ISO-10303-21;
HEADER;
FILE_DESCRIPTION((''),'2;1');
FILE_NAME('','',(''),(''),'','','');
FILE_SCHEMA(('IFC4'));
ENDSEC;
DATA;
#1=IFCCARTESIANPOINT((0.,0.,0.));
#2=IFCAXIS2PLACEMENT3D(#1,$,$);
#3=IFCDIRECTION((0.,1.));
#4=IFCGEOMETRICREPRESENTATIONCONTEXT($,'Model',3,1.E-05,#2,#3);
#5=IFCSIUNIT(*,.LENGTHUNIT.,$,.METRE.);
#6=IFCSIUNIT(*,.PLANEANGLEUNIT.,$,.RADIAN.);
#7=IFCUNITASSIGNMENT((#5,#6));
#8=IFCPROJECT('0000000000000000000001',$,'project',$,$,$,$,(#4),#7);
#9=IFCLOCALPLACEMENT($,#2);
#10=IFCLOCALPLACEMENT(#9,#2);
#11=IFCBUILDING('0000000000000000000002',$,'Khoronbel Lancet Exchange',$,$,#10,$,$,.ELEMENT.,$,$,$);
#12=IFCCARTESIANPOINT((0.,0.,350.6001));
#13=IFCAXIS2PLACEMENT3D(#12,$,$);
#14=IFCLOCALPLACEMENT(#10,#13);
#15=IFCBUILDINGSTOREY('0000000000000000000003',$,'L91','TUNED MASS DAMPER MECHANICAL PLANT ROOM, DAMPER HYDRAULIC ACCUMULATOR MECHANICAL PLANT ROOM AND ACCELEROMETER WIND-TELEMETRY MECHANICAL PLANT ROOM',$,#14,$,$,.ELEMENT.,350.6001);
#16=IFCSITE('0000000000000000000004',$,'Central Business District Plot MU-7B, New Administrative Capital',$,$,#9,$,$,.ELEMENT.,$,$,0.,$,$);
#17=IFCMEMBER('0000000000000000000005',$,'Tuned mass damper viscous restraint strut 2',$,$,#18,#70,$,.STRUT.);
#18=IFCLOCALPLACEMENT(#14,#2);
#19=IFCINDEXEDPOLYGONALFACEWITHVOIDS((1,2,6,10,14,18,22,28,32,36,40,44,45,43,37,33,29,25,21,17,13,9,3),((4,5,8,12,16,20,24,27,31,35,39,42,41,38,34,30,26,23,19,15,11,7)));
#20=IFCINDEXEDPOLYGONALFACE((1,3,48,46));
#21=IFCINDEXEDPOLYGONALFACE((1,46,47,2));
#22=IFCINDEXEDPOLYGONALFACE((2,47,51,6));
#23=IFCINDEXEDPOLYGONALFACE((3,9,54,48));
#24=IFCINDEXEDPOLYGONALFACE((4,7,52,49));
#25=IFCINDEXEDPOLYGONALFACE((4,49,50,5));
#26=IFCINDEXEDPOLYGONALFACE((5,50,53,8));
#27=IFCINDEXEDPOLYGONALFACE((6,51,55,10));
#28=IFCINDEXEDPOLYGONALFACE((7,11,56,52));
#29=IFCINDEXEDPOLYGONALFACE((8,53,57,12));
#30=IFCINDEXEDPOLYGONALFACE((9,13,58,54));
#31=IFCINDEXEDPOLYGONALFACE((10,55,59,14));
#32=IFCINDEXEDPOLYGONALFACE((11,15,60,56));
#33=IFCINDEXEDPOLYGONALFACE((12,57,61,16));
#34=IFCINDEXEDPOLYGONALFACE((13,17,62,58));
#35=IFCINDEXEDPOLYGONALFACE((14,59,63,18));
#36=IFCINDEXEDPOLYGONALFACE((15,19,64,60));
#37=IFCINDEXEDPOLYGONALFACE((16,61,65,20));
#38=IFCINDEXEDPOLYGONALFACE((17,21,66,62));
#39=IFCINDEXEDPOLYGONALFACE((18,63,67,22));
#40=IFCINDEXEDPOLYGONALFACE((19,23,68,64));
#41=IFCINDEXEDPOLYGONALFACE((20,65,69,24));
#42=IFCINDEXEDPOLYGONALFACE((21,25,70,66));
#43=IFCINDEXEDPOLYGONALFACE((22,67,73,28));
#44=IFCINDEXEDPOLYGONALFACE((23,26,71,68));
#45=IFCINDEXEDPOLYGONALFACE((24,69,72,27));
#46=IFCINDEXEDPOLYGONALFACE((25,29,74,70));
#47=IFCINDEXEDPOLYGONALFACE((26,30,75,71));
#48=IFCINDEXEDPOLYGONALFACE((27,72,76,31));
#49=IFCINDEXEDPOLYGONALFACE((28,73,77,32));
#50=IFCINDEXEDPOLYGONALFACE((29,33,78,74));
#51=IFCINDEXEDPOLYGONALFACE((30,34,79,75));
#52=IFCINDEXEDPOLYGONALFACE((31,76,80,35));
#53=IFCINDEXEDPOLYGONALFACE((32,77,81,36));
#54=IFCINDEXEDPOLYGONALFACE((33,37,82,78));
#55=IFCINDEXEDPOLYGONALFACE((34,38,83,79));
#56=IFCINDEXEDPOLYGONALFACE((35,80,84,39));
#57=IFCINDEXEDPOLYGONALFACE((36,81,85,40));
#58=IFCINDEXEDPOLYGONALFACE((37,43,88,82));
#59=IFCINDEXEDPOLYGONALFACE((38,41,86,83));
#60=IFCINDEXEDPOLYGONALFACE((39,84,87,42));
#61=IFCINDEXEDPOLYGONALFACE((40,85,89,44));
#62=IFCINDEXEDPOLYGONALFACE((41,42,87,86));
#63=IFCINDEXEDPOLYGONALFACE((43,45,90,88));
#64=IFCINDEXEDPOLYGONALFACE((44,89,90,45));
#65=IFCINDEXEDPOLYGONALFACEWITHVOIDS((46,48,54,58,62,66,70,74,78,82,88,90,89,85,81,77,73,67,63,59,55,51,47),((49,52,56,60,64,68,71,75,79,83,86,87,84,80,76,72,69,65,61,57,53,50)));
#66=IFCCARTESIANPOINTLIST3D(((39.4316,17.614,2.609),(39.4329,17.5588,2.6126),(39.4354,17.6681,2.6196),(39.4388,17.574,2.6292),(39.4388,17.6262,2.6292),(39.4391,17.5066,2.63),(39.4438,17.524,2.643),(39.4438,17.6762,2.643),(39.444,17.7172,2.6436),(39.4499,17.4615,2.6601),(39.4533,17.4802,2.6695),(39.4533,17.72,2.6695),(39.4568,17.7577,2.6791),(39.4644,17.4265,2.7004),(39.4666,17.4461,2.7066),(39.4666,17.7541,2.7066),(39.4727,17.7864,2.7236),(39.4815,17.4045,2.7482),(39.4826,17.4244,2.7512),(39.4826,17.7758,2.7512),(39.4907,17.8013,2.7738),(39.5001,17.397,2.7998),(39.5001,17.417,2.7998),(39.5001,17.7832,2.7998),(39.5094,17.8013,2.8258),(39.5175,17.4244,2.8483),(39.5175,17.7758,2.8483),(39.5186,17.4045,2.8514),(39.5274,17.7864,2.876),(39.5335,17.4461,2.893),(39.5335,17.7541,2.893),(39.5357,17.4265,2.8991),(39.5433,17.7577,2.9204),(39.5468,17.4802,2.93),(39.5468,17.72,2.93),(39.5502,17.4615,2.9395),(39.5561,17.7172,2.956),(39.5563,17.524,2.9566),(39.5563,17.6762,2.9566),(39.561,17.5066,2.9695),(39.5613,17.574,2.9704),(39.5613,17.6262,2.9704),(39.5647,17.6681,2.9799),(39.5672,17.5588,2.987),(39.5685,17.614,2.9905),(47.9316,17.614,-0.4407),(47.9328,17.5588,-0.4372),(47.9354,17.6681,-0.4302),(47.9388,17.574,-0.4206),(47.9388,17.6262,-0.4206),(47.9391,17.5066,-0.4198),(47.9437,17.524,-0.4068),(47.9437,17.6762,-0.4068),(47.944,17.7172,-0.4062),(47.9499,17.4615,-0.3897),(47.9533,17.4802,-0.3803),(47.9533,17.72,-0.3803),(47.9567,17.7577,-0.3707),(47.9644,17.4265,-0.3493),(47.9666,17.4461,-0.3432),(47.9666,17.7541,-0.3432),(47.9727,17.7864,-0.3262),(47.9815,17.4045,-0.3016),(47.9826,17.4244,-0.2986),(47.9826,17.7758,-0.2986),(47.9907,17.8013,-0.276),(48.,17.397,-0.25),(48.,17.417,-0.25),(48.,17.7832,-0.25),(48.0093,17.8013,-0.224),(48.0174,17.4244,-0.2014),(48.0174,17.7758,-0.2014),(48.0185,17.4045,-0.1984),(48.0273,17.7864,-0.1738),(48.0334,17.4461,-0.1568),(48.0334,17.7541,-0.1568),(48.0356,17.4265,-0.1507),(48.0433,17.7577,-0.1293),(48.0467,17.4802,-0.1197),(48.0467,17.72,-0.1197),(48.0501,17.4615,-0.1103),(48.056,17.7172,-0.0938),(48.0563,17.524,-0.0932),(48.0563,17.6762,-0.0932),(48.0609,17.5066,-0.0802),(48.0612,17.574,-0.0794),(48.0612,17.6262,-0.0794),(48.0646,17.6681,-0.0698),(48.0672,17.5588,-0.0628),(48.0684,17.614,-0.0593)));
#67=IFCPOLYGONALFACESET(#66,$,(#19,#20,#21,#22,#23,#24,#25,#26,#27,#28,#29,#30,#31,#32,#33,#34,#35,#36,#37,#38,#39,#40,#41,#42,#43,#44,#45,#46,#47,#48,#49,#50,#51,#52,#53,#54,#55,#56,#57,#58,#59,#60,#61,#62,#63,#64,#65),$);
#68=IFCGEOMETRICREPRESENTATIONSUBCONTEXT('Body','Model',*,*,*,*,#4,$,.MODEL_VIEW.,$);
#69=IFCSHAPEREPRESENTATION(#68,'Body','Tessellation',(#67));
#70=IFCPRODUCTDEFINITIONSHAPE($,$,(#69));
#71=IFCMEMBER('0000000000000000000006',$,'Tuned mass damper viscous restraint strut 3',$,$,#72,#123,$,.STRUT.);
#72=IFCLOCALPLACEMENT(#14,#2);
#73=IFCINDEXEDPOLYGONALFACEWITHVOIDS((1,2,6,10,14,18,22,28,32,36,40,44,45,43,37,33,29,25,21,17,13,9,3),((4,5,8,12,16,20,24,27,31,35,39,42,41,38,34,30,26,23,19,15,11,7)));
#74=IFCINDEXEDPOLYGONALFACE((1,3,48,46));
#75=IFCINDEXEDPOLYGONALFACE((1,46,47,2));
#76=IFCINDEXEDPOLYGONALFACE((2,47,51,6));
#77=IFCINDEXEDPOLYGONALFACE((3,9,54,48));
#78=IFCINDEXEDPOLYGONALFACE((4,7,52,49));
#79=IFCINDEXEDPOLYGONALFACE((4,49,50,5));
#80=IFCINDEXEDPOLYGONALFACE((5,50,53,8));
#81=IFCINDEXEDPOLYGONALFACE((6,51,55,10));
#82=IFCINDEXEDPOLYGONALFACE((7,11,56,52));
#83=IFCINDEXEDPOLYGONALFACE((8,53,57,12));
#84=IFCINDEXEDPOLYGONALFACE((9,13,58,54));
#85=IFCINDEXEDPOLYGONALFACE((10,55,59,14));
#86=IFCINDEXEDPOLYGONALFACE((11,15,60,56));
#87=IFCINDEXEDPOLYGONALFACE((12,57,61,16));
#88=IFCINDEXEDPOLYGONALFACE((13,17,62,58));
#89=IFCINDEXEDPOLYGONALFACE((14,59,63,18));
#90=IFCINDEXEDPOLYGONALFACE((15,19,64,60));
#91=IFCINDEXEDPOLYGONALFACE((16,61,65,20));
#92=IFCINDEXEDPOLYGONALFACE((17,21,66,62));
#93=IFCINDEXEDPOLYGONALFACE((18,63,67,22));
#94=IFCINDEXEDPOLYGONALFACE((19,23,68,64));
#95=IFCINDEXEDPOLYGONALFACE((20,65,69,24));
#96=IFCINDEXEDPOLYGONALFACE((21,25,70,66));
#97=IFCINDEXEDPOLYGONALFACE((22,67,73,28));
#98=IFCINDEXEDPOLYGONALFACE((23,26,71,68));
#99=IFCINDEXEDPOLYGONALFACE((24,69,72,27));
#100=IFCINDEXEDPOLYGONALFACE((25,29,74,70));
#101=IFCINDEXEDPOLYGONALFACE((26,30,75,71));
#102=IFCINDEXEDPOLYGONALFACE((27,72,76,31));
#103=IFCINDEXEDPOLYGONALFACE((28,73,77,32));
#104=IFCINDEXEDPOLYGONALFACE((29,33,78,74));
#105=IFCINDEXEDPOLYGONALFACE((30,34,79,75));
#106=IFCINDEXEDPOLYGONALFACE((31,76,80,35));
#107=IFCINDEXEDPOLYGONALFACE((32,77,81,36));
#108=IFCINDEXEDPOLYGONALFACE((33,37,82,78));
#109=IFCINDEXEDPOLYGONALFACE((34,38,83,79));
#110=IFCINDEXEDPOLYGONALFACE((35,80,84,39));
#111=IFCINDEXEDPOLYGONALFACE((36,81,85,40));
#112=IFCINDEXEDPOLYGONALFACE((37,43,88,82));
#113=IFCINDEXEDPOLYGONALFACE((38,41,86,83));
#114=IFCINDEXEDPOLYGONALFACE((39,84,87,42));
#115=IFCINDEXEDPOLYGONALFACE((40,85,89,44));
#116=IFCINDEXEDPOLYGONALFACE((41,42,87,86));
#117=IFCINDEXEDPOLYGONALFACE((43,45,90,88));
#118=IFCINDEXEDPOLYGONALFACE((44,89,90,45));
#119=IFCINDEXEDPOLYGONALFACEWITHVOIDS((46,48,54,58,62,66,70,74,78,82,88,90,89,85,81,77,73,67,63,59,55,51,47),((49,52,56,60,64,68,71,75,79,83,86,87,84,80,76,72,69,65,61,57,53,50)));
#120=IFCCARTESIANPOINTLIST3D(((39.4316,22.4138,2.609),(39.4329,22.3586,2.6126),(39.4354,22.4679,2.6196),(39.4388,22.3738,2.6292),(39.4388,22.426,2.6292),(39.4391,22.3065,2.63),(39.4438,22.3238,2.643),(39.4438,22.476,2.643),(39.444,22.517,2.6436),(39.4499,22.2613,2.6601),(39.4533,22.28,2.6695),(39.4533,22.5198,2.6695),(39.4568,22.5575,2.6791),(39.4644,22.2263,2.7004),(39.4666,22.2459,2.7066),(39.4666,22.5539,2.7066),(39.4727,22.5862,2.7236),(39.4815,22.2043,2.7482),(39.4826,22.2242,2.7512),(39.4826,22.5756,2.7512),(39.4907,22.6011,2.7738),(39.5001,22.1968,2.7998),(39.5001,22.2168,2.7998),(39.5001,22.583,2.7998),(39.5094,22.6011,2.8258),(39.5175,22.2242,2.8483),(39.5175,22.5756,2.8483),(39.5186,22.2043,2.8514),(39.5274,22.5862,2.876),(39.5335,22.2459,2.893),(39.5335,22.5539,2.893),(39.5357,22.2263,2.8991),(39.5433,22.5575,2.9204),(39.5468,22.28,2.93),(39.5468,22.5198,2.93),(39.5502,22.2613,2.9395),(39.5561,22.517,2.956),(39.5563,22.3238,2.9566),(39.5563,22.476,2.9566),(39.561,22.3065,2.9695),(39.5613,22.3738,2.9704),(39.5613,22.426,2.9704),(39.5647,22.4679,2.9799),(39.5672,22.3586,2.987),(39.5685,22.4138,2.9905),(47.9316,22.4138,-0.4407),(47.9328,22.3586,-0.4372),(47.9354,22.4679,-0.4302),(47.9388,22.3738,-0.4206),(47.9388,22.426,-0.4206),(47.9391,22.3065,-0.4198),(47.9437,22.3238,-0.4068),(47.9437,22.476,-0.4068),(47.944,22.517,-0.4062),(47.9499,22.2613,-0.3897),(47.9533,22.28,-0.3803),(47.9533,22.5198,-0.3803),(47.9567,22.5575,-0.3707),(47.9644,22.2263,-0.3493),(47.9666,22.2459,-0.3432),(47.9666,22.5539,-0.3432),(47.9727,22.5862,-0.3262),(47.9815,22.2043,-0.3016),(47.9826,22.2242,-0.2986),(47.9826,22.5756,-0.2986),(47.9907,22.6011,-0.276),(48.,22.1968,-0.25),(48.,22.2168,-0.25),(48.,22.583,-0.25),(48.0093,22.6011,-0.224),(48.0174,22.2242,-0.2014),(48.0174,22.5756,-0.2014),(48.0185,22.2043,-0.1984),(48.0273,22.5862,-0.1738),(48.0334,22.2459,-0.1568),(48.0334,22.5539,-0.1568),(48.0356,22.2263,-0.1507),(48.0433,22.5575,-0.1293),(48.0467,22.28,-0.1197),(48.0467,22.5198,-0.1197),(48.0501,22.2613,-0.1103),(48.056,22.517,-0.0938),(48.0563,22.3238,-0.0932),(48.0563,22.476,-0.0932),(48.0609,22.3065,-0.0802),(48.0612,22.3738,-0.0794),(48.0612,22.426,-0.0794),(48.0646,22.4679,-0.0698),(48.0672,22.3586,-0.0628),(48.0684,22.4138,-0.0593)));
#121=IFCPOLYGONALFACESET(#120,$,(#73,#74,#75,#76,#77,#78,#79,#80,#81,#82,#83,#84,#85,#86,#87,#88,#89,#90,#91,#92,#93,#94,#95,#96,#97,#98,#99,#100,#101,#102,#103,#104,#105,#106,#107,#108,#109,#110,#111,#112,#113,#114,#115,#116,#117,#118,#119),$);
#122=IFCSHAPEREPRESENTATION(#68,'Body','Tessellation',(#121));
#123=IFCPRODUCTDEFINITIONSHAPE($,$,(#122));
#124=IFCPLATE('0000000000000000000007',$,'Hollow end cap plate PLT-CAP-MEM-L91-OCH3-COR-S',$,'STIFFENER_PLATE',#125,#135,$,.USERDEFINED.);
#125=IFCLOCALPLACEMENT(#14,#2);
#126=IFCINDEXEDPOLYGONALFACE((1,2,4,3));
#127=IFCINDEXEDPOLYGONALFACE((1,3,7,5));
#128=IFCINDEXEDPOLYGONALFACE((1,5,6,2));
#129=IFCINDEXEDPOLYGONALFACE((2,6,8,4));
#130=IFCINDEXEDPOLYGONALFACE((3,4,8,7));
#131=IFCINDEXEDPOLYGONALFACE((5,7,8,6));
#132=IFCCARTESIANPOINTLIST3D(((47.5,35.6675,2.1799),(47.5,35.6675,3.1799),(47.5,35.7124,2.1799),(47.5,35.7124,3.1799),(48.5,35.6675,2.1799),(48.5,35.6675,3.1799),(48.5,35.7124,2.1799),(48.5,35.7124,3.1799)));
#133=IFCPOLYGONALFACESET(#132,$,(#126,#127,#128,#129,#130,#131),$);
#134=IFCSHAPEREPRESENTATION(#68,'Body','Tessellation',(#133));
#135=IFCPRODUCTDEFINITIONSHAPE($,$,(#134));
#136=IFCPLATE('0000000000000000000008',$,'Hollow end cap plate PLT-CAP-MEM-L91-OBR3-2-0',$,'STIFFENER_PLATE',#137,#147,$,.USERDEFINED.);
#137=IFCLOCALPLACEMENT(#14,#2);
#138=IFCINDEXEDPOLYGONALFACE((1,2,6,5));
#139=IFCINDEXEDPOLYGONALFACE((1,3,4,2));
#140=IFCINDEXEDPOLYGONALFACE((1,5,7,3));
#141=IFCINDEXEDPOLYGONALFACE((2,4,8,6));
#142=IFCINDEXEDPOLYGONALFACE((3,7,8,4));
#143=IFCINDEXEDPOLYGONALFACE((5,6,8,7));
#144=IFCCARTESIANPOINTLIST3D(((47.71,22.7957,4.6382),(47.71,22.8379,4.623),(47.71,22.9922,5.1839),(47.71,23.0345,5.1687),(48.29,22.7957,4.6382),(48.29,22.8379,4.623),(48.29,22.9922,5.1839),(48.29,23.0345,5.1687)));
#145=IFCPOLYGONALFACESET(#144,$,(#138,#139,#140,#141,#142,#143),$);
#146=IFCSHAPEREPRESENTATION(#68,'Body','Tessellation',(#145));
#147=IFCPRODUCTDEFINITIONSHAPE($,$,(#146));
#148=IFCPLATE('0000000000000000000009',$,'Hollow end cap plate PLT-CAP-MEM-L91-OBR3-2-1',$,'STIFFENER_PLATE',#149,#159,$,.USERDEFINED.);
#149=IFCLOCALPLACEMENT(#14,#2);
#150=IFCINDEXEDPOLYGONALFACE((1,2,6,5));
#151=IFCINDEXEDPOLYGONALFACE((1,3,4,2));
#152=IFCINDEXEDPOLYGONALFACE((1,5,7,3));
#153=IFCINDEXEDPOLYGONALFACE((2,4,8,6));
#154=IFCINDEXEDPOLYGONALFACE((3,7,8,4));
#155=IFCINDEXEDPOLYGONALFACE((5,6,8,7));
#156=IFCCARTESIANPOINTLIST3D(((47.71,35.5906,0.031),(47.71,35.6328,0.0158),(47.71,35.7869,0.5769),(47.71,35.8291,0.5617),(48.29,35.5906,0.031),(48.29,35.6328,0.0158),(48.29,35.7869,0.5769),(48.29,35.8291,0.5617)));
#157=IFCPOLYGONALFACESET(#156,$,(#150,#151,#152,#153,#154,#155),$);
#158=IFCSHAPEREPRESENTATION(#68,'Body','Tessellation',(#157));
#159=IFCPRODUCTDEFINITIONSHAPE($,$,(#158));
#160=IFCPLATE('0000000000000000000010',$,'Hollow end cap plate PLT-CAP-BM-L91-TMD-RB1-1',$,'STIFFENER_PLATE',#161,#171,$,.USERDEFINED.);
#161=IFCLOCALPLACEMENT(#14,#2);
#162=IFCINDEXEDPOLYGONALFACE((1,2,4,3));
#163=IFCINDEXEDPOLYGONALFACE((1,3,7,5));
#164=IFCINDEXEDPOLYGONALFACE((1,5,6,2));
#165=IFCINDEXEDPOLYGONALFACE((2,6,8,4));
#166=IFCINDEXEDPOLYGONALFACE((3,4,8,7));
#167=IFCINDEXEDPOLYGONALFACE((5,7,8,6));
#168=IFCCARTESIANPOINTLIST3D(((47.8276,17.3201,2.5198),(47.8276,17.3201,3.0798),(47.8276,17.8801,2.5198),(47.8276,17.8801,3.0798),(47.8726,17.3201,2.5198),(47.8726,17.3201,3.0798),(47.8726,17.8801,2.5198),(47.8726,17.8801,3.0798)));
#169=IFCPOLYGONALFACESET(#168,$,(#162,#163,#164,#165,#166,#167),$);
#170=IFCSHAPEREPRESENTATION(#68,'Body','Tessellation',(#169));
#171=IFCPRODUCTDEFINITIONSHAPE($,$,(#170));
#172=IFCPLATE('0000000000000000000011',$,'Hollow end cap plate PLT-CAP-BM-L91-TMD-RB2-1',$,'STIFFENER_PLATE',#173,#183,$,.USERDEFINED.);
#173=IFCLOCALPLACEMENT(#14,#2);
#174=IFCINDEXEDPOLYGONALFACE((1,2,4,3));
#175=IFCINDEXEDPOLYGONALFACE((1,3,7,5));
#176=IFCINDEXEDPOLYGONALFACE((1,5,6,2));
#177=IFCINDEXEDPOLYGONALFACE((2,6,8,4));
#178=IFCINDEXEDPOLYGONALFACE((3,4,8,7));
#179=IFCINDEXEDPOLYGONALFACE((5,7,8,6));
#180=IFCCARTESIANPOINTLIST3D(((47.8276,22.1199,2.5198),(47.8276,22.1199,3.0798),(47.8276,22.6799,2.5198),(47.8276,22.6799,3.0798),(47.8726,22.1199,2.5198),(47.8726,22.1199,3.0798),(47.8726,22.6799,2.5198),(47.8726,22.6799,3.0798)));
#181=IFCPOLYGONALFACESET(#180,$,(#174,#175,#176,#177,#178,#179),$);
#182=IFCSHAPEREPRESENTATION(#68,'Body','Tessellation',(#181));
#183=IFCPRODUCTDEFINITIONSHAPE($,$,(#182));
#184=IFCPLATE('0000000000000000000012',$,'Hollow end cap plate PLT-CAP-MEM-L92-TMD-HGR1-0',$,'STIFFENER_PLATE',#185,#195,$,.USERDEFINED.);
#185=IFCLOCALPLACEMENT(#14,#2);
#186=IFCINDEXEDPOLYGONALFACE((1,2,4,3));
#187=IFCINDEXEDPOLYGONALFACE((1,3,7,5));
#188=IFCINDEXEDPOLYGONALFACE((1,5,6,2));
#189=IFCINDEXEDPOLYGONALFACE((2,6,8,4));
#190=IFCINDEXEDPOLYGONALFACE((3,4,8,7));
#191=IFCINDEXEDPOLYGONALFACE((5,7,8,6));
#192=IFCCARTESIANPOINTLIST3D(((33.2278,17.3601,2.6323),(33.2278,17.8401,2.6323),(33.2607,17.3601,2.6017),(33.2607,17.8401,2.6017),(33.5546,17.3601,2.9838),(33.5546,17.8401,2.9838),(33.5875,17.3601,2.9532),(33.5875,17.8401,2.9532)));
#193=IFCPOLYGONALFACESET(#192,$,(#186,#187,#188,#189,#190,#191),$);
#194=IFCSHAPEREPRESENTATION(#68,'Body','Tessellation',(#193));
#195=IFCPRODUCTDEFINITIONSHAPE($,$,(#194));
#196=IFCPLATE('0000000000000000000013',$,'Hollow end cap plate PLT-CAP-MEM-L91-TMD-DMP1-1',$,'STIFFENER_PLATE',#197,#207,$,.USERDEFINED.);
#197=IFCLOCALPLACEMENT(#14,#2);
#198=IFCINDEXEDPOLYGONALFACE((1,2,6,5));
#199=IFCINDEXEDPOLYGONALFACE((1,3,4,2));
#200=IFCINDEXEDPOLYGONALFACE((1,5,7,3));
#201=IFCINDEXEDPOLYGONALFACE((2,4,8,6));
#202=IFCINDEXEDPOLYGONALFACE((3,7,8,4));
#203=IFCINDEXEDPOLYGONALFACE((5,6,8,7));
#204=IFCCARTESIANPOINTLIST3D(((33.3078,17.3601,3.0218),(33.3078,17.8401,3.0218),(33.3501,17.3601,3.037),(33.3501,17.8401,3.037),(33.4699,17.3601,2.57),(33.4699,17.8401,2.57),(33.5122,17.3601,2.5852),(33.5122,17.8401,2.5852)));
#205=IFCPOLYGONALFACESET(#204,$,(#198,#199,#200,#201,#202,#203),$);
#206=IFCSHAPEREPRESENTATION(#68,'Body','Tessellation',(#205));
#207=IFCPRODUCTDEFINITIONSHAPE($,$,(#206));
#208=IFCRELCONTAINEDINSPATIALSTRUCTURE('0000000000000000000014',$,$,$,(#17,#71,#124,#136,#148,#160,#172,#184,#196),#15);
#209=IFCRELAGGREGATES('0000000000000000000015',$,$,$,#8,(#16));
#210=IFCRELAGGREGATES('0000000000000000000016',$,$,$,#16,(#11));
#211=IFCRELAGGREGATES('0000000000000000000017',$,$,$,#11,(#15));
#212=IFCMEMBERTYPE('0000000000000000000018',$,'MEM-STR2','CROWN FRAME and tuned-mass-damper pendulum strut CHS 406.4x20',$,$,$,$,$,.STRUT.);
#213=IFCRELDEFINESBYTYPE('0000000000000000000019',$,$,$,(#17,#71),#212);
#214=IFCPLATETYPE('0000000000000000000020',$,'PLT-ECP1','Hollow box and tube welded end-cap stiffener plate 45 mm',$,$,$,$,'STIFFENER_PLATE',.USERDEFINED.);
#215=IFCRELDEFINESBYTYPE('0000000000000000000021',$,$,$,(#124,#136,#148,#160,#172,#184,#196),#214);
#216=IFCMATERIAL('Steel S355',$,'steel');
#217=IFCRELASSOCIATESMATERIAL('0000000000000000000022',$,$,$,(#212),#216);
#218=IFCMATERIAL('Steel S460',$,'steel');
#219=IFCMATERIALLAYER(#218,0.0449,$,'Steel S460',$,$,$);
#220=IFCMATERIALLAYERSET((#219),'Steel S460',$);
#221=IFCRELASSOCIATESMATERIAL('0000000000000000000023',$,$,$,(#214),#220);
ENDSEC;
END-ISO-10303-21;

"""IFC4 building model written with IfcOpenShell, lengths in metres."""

from ifc_helpers import new_model, si_unit, direction, frame, origin, origin_2d, place, context, subcontext, project, spatial, polyline, rectangle, hollow_circle, outline, extrude, material, layer, layer_set, material_profile, profile_set, type_object, element, save


model = new_model("IFC4")

# Units and contexts
model_context = context("Model", 3, precision=1e-05, world=origin(), true_north=direction((0.0, 1.0)))
body_context = subcontext(model_context, "Body", "Model", "MODEL_VIEW")
ifc_project = project(units=[si_unit("LENGTHUNIT", "METRE"), si_unit("PLANEANGLEUNIT", "RADIAN")], contexts=[model_context])

# Site, building, storey
site_placement = place(None, origin())
site = spatial("IfcSite", under=ifc_project, at=site_placement, Name="Central Business District Plot MU-7B, New Administrative Capital", CompositionType="ELEMENT", RefElevation=0.0)
building_placement = place(site_placement, origin())
building = spatial("IfcBuilding", under=site, at=building_placement, Name="Khoronbel Lancet Exchange", CompositionType="ELEMENT")
storey_placement = place(building_placement, frame((0.0, 0.0, 350.6001)))
storey = spatial("IfcBuildingStorey", under=building, at=storey_placement, Name="L91", Description="TUNED MASS DAMPER MECHANICAL PLANT ROOM, DAMPER HYDRAULIC ACCUMULATOR MECHANICAL PLANT ROOM AND ACCELEROMETER WIND-TELEMETRY MECHANICAL PLANT ROOM", CompositionType="ELEMENT", Elevation=350.6001)

# Shared definitions
ifc_material_1 = material(Name="Steel S355", Category="steel")

# Members
ifc_material_2 = material(Name="Steel S460", Category="steel")
ifc_material_profile_1 = material_profile(ifc_material_1, hollow_circle(Radius=0.2031, WallThickness=0.02, at=origin_2d()), Name="CHS 406.4x20")
ifc_profile_set_1 = profile_set([ifc_material_profile_1], Name="Steel S355")
member_type_1 = type_object("IfcMemberType", Name="MEM-STR2", Description="CROWN FRAME and tuned-mass-damper pendulum strut CHS 406.4x20", PredefinedType="STRUT", material=ifc_profile_set_1)
for number, where, z_axis, x_axis, name in (
    (1, (48.0, 17.6001, -0.25), (-0.941247, 0.0, 0.33772), (0.0, -1.0, 0.0), "Tuned mass damper viscous restraint strut 2"),
    (2, (48.0, 22.3999, -0.25), (-0.941247, 0.0, 0.33772), (0.0, -1.0, 0.0), "Tuned mass damper viscous restraint strut 3"),
):
    element("IfcMember", number, at=place(storey_placement, frame(where, z_axis=z_axis, x_axis=x_axis)), inside=storey, type_object=member_type_1, Name=name, PredefinedType="STRUT", context=body_context, shape_type="SweptSolid", body=[
        extrude(hollow_circle(Radius=0.2031, WallThickness=0.02, at=origin_2d()), origin(), (0.0, 0.0, 1.0), 9.0305),
    ])

# Plates
ifc_layer_1 = layer(ifc_material_2, 0.0449, Name="Steel S460")
ifc_layer_set_1 = layer_set([ifc_layer_1], Name="Steel S460")
plate_type_1 = type_object("IfcPlateType", Name="PLT-ECP1", Description="Hollow box and tube welded end-cap stiffener plate 45 mm", ElementType="STIFFENER_PLATE", PredefinedType="USERDEFINED", material=ifc_layer_set_1)
plate_1_placement = place(storey_placement, frame((48.0, 35.6899, 2.1799), z_axis=(0.0, 0.0, 1.0), x_axis=(0.0, -1.0, 0.0)))
element("IfcPlate", 3, at=plate_1_placement, inside=storey, type_object=plate_type_1, Name="Hollow end cap plate PLT-CAP-MEM-L91-OCH3-COR-S", ObjectType="STIFFENER_PLATE", PredefinedType="USERDEFINED", context=body_context, shape_type="SweptSolid", body=[
    extrude(rectangle(XDim=0.0449, YDim=1.0, at=origin_2d()), origin(), (0.0, 0.0, 1.0), 1.0),
])
for number, where, z_axis, x_axis, name in (
    (4, (47.71, 22.7957, 4.6382), (0.0, -0.940834, 0.338869), (1.0, 0.0, 0.0), "Hollow end cap plate PLT-CAP-MEM-L91-OBR3-2-0"),
    (5, (47.71, 35.5906, 0.031), (0.0, -0.941016, 0.338362), (1.0, 0.0, 0.0), "Hollow end cap plate PLT-CAP-MEM-L91-OBR3-2-1"),
):
    element("IfcPlate", number, at=place(storey_placement, frame(where, z_axis=z_axis, x_axis=x_axis)), inside=storey, type_object=plate_type_1, Name=name, ObjectType="STIFFENER_PLATE", PredefinedType="USERDEFINED", context=body_context, shape_type="SweptSolid", body=[
        extrude(outline(polyline([(0.0, 0.0), (0.5801, 0.0), (0.5801, 0.5801), (0.0, 0.5801), (0.0, 0.0)])), origin(), (0.0, 0.0, -1.0), 0.0449),
    ])
for number, where, z_axis, x_axis, name in (
    (6, (47.8501, 17.6001, 2.5198), (0.0, 0.0, 1.0), (1.0, 0.0, 0.0), "Hollow end cap plate PLT-CAP-BM-L91-TMD-RB1-1"),
    (7, (47.8501, 22.3999, 2.5198), (0.0, 0.0, 1.0), (1.0, 0.0, 0.0), "Hollow end cap plate PLT-CAP-BM-L91-TMD-RB2-1"),
):
    element("IfcPlate", number, at=place(storey_placement, frame(where, z_axis=z_axis, x_axis=x_axis)), inside=storey, type_object=plate_type_1, Name=name, ObjectType="STIFFENER_PLATE", PredefinedType="USERDEFINED", context=body_context, shape_type="SweptSolid", body=[
        extrude(rectangle(XDim=0.0449, YDim=0.5601, at=origin_2d()), origin(), (0.0, 0.0, 1.0), 0.5601),
    ])
for number, where, z_axis, x_axis, name in (
    (8, (33.2278, 17.8401, 2.6323), (-0.732322, 0.0, 0.680958), (0.0, -1.0, 0.0), "Hollow end cap plate PLT-CAP-MEM-L92-TMD-HGR1-0"),
    (9, (33.5122, 17.3601, 2.5852), (0.941211, 0.0, 0.337819), (0.0, 1.0, 0.0), "Hollow end cap plate PLT-CAP-MEM-L91-TMD-DMP1-1"),
):
    element("IfcPlate", number, at=place(storey_placement, frame(where, z_axis=z_axis, x_axis=x_axis)), inside=storey, type_object=plate_type_1, Name=name, ObjectType="STIFFENER_PLATE", PredefinedType="USERDEFINED", context=body_context, shape_type="SweptSolid", body=[
        extrude(outline(polyline([(0.0, 0.0), (0.48, 0.0), (0.48, 0.48), (0.0, 0.48), (0.0, 0.0)])), origin(), (0.0, 0.0, -1.0), 0.0449),
    ])

save(model, "model.ifc")
